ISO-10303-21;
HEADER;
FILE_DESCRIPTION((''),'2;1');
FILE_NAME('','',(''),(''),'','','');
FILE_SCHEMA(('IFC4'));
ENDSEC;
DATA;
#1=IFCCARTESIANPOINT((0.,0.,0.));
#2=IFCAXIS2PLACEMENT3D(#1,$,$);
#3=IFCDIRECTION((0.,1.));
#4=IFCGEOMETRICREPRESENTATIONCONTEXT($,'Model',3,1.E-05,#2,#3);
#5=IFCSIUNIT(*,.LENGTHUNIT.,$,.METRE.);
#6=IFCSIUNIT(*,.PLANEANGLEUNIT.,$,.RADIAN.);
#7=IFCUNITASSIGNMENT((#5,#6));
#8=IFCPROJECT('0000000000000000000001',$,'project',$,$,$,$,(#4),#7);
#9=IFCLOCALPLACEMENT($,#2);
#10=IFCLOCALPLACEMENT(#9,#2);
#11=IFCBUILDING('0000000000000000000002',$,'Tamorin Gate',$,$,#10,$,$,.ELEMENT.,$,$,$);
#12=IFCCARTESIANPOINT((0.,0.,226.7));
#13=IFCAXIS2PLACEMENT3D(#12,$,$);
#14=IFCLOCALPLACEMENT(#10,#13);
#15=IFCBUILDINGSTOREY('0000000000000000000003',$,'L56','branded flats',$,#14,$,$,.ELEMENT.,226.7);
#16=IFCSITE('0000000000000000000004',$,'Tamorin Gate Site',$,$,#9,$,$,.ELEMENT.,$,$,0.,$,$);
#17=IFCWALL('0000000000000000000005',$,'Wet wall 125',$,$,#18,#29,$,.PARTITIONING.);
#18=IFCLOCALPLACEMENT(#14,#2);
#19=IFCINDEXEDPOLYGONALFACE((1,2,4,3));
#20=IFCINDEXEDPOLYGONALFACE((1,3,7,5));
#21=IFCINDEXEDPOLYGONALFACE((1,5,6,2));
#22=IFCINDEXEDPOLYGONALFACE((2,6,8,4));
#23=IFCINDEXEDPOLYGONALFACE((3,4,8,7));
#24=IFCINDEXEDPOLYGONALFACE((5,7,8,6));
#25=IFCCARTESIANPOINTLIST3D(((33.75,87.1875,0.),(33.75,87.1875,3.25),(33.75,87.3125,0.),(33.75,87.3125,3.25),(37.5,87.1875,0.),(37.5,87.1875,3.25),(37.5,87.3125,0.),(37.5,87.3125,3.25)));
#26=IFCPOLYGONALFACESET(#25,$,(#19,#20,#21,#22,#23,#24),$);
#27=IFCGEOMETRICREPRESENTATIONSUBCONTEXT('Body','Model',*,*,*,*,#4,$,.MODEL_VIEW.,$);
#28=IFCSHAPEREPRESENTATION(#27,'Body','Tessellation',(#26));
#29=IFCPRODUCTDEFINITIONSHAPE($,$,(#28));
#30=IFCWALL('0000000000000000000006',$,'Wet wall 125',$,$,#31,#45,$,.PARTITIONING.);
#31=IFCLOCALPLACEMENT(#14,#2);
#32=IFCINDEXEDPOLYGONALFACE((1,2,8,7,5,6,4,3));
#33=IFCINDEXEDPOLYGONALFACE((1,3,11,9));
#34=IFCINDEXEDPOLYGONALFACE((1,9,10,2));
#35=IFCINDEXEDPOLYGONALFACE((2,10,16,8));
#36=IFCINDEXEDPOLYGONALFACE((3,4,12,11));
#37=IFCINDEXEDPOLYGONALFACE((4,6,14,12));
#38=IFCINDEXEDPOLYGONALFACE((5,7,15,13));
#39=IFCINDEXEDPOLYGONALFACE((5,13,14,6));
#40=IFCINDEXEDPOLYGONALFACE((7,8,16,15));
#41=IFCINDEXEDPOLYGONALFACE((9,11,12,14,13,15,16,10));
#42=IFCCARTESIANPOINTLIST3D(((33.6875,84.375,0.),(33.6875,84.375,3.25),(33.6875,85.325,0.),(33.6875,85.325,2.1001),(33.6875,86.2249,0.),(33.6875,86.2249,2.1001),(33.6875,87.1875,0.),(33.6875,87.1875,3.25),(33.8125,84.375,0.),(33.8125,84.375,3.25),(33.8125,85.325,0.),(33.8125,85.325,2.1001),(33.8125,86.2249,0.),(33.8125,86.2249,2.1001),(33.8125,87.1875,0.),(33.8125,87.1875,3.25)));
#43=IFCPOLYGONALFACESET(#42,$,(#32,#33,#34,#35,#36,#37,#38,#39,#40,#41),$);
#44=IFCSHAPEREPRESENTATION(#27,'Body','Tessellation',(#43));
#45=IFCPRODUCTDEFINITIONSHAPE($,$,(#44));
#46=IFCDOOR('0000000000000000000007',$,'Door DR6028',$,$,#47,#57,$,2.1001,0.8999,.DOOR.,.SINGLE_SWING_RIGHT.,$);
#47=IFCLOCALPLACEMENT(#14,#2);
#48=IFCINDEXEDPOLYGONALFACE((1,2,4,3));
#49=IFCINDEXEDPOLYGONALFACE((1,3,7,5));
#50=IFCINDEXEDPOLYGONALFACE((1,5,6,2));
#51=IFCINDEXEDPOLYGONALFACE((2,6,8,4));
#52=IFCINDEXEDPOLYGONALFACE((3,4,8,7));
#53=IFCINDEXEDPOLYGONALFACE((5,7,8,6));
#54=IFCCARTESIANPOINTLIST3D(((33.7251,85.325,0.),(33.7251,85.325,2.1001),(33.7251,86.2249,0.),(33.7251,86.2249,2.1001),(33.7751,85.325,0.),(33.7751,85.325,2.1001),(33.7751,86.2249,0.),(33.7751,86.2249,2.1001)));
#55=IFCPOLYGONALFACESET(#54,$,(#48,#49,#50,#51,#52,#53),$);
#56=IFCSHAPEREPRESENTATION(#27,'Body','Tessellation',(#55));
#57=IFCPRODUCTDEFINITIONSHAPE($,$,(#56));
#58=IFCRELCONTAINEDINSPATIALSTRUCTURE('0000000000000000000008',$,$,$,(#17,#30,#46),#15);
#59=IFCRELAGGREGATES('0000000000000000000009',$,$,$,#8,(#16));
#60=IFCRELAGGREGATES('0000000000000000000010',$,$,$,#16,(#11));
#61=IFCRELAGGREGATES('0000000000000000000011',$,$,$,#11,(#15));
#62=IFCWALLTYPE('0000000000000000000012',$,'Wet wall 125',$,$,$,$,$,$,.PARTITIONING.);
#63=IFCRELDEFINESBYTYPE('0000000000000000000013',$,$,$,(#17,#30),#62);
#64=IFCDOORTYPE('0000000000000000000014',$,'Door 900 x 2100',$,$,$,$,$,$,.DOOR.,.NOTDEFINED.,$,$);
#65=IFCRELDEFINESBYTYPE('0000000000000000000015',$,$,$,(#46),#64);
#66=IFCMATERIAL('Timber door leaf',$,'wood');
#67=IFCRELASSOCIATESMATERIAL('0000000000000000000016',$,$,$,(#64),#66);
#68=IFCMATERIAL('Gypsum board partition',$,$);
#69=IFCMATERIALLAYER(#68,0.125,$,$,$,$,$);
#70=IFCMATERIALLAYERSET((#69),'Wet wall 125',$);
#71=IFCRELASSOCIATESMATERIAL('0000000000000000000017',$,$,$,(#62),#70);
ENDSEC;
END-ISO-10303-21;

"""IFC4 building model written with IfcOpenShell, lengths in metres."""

from ifc_helpers import new_model, si_unit, direction, frame, frame_2d, origin, place, context, subcontext, project, spatial, rectangle, extrude, material, layer, layer_set, type_object, element, fill, save


model = new_model("IFC4")

# Units and contexts
model_context = context("Model", 3, precision=1e-05, world=origin(), true_north=direction((0.0, 1.0)))
body_context = subcontext(model_context, "Body", "Model", "MODEL_VIEW")
ifc_project = project(units=[si_unit("LENGTHUNIT", "METRE"), si_unit("PLANEANGLEUNIT", "RADIAN")], contexts=[model_context])

# Site, building, storey
site_placement = place(None, origin())
site = spatial("IfcSite", under=ifc_project, at=site_placement, Name="Tamorin Gate Site", CompositionType="ELEMENT", RefElevation=0.0)
building_placement = place(site_placement, origin())
building = spatial("IfcBuilding", under=site, at=building_placement, Name="Tamorin Gate", CompositionType="ELEMENT")
storey_placement = place(building_placement, frame((0.0, 0.0, 226.7)))
storey = spatial("IfcBuildingStorey", under=building, at=storey_placement, Name="L56", Description="branded flats", CompositionType="ELEMENT", Elevation=226.7)

# Shared definitions
ifc_material_1 = material(Name="Gypsum board partition")
ifc_material_2 = material(Name="Timber door leaf", Category="wood")

# Shared definitions
door_type_1 = type_object("IfcDoorType", Name="Door 900 x 2100", OperationType="NOTDEFINED", PredefinedType="DOOR", material=ifc_material_2)

# Wall
ifc_layer_1 = layer(ifc_material_1, 0.125)
ifc_layer_set_1 = layer_set([ifc_layer_1], Name="Wet wall 125")
wall_type_1 = type_object("IfcWallType", Name="Wet wall 125", PredefinedType="PARTITIONING", material=ifc_layer_set_1)
wall_1_placement = place(storey_placement, frame((33.75, 87.25, 0.0), z_axis=(0.0, 0.0, 1.0), x_axis=(1.0, 0.0, 0.0)))
element("IfcWall", 1, at=wall_1_placement, inside=storey, type_object=wall_type_1, Name="Wet wall 125", PredefinedType="PARTITIONING", context=body_context, shape_type="SweptSolid", body=[
    extrude(rectangle(XDim=3.75, YDim=0.125, at=frame_2d((1.875, 0.0))), origin(), (0.0, 0.0, 1.0), 3.25),
])

# Wall, opening, door
wall_2_placement = place(storey_placement, frame((33.75, 84.375, 0.0), z_axis=(0.0, 0.0, 1.0), x_axis=(0.0, 1.0, 0.0)))
wall_2 = element("IfcWall", 2, at=wall_2_placement, inside=storey, type_object=wall_type_1, Name="Wet wall 125", PredefinedType="PARTITIONING", context=body_context, shape_type="SweptSolid", body=[
    extrude(rectangle(XDim=2.8125, YDim=0.125, at=frame_2d((1.4062, 0.0))), origin(), (0.0, 0.0, 1.0), 3.25),
])
opening_1_placement = place(wall_2_placement, frame((0.95, 0.0, 0.0)))
opening_1 = element("IfcOpeningElement", 3, at=opening_1_placement, cuts=wall_2, PredefinedType="OPENING", context=body_context, shape_type="SweptSolid", body=[
    extrude(rectangle(XDim=0.8999, YDim=2.1001, at=frame_2d((0.45, 1.05))), frame((0.0, 0.0725, 0.0), z_axis=(0.0, -1.0, 0.0), x_axis=(1.0, 0.0, 0.0)), (0.0, 0.0, 1.0), 0.145),
])
door_1_placement = place(opening_1_placement, origin())
door_1 = element("IfcDoor", 4, at=door_1_placement, inside=storey, type_object=door_type_1, Name="Door DR6028", OperationType="SINGLE_SWING_RIGHT", OverallHeight=2.1001, OverallWidth=0.8999, PredefinedType="DOOR", context=body_context, shape_type="SweptSolid", body=[
    extrude(rectangle(XDim=0.8999, YDim=2.1001, at=frame_2d((0.45, 1.05))), frame((0.0, 0.0249, 0.0), z_axis=(0.0, -1.0, 0.0), x_axis=(1.0, 0.0, 0.0)), (0.0, 0.0, 1.0), 0.05),
])
fill(opening_1, door_1)

save(model, "model.ifc")
